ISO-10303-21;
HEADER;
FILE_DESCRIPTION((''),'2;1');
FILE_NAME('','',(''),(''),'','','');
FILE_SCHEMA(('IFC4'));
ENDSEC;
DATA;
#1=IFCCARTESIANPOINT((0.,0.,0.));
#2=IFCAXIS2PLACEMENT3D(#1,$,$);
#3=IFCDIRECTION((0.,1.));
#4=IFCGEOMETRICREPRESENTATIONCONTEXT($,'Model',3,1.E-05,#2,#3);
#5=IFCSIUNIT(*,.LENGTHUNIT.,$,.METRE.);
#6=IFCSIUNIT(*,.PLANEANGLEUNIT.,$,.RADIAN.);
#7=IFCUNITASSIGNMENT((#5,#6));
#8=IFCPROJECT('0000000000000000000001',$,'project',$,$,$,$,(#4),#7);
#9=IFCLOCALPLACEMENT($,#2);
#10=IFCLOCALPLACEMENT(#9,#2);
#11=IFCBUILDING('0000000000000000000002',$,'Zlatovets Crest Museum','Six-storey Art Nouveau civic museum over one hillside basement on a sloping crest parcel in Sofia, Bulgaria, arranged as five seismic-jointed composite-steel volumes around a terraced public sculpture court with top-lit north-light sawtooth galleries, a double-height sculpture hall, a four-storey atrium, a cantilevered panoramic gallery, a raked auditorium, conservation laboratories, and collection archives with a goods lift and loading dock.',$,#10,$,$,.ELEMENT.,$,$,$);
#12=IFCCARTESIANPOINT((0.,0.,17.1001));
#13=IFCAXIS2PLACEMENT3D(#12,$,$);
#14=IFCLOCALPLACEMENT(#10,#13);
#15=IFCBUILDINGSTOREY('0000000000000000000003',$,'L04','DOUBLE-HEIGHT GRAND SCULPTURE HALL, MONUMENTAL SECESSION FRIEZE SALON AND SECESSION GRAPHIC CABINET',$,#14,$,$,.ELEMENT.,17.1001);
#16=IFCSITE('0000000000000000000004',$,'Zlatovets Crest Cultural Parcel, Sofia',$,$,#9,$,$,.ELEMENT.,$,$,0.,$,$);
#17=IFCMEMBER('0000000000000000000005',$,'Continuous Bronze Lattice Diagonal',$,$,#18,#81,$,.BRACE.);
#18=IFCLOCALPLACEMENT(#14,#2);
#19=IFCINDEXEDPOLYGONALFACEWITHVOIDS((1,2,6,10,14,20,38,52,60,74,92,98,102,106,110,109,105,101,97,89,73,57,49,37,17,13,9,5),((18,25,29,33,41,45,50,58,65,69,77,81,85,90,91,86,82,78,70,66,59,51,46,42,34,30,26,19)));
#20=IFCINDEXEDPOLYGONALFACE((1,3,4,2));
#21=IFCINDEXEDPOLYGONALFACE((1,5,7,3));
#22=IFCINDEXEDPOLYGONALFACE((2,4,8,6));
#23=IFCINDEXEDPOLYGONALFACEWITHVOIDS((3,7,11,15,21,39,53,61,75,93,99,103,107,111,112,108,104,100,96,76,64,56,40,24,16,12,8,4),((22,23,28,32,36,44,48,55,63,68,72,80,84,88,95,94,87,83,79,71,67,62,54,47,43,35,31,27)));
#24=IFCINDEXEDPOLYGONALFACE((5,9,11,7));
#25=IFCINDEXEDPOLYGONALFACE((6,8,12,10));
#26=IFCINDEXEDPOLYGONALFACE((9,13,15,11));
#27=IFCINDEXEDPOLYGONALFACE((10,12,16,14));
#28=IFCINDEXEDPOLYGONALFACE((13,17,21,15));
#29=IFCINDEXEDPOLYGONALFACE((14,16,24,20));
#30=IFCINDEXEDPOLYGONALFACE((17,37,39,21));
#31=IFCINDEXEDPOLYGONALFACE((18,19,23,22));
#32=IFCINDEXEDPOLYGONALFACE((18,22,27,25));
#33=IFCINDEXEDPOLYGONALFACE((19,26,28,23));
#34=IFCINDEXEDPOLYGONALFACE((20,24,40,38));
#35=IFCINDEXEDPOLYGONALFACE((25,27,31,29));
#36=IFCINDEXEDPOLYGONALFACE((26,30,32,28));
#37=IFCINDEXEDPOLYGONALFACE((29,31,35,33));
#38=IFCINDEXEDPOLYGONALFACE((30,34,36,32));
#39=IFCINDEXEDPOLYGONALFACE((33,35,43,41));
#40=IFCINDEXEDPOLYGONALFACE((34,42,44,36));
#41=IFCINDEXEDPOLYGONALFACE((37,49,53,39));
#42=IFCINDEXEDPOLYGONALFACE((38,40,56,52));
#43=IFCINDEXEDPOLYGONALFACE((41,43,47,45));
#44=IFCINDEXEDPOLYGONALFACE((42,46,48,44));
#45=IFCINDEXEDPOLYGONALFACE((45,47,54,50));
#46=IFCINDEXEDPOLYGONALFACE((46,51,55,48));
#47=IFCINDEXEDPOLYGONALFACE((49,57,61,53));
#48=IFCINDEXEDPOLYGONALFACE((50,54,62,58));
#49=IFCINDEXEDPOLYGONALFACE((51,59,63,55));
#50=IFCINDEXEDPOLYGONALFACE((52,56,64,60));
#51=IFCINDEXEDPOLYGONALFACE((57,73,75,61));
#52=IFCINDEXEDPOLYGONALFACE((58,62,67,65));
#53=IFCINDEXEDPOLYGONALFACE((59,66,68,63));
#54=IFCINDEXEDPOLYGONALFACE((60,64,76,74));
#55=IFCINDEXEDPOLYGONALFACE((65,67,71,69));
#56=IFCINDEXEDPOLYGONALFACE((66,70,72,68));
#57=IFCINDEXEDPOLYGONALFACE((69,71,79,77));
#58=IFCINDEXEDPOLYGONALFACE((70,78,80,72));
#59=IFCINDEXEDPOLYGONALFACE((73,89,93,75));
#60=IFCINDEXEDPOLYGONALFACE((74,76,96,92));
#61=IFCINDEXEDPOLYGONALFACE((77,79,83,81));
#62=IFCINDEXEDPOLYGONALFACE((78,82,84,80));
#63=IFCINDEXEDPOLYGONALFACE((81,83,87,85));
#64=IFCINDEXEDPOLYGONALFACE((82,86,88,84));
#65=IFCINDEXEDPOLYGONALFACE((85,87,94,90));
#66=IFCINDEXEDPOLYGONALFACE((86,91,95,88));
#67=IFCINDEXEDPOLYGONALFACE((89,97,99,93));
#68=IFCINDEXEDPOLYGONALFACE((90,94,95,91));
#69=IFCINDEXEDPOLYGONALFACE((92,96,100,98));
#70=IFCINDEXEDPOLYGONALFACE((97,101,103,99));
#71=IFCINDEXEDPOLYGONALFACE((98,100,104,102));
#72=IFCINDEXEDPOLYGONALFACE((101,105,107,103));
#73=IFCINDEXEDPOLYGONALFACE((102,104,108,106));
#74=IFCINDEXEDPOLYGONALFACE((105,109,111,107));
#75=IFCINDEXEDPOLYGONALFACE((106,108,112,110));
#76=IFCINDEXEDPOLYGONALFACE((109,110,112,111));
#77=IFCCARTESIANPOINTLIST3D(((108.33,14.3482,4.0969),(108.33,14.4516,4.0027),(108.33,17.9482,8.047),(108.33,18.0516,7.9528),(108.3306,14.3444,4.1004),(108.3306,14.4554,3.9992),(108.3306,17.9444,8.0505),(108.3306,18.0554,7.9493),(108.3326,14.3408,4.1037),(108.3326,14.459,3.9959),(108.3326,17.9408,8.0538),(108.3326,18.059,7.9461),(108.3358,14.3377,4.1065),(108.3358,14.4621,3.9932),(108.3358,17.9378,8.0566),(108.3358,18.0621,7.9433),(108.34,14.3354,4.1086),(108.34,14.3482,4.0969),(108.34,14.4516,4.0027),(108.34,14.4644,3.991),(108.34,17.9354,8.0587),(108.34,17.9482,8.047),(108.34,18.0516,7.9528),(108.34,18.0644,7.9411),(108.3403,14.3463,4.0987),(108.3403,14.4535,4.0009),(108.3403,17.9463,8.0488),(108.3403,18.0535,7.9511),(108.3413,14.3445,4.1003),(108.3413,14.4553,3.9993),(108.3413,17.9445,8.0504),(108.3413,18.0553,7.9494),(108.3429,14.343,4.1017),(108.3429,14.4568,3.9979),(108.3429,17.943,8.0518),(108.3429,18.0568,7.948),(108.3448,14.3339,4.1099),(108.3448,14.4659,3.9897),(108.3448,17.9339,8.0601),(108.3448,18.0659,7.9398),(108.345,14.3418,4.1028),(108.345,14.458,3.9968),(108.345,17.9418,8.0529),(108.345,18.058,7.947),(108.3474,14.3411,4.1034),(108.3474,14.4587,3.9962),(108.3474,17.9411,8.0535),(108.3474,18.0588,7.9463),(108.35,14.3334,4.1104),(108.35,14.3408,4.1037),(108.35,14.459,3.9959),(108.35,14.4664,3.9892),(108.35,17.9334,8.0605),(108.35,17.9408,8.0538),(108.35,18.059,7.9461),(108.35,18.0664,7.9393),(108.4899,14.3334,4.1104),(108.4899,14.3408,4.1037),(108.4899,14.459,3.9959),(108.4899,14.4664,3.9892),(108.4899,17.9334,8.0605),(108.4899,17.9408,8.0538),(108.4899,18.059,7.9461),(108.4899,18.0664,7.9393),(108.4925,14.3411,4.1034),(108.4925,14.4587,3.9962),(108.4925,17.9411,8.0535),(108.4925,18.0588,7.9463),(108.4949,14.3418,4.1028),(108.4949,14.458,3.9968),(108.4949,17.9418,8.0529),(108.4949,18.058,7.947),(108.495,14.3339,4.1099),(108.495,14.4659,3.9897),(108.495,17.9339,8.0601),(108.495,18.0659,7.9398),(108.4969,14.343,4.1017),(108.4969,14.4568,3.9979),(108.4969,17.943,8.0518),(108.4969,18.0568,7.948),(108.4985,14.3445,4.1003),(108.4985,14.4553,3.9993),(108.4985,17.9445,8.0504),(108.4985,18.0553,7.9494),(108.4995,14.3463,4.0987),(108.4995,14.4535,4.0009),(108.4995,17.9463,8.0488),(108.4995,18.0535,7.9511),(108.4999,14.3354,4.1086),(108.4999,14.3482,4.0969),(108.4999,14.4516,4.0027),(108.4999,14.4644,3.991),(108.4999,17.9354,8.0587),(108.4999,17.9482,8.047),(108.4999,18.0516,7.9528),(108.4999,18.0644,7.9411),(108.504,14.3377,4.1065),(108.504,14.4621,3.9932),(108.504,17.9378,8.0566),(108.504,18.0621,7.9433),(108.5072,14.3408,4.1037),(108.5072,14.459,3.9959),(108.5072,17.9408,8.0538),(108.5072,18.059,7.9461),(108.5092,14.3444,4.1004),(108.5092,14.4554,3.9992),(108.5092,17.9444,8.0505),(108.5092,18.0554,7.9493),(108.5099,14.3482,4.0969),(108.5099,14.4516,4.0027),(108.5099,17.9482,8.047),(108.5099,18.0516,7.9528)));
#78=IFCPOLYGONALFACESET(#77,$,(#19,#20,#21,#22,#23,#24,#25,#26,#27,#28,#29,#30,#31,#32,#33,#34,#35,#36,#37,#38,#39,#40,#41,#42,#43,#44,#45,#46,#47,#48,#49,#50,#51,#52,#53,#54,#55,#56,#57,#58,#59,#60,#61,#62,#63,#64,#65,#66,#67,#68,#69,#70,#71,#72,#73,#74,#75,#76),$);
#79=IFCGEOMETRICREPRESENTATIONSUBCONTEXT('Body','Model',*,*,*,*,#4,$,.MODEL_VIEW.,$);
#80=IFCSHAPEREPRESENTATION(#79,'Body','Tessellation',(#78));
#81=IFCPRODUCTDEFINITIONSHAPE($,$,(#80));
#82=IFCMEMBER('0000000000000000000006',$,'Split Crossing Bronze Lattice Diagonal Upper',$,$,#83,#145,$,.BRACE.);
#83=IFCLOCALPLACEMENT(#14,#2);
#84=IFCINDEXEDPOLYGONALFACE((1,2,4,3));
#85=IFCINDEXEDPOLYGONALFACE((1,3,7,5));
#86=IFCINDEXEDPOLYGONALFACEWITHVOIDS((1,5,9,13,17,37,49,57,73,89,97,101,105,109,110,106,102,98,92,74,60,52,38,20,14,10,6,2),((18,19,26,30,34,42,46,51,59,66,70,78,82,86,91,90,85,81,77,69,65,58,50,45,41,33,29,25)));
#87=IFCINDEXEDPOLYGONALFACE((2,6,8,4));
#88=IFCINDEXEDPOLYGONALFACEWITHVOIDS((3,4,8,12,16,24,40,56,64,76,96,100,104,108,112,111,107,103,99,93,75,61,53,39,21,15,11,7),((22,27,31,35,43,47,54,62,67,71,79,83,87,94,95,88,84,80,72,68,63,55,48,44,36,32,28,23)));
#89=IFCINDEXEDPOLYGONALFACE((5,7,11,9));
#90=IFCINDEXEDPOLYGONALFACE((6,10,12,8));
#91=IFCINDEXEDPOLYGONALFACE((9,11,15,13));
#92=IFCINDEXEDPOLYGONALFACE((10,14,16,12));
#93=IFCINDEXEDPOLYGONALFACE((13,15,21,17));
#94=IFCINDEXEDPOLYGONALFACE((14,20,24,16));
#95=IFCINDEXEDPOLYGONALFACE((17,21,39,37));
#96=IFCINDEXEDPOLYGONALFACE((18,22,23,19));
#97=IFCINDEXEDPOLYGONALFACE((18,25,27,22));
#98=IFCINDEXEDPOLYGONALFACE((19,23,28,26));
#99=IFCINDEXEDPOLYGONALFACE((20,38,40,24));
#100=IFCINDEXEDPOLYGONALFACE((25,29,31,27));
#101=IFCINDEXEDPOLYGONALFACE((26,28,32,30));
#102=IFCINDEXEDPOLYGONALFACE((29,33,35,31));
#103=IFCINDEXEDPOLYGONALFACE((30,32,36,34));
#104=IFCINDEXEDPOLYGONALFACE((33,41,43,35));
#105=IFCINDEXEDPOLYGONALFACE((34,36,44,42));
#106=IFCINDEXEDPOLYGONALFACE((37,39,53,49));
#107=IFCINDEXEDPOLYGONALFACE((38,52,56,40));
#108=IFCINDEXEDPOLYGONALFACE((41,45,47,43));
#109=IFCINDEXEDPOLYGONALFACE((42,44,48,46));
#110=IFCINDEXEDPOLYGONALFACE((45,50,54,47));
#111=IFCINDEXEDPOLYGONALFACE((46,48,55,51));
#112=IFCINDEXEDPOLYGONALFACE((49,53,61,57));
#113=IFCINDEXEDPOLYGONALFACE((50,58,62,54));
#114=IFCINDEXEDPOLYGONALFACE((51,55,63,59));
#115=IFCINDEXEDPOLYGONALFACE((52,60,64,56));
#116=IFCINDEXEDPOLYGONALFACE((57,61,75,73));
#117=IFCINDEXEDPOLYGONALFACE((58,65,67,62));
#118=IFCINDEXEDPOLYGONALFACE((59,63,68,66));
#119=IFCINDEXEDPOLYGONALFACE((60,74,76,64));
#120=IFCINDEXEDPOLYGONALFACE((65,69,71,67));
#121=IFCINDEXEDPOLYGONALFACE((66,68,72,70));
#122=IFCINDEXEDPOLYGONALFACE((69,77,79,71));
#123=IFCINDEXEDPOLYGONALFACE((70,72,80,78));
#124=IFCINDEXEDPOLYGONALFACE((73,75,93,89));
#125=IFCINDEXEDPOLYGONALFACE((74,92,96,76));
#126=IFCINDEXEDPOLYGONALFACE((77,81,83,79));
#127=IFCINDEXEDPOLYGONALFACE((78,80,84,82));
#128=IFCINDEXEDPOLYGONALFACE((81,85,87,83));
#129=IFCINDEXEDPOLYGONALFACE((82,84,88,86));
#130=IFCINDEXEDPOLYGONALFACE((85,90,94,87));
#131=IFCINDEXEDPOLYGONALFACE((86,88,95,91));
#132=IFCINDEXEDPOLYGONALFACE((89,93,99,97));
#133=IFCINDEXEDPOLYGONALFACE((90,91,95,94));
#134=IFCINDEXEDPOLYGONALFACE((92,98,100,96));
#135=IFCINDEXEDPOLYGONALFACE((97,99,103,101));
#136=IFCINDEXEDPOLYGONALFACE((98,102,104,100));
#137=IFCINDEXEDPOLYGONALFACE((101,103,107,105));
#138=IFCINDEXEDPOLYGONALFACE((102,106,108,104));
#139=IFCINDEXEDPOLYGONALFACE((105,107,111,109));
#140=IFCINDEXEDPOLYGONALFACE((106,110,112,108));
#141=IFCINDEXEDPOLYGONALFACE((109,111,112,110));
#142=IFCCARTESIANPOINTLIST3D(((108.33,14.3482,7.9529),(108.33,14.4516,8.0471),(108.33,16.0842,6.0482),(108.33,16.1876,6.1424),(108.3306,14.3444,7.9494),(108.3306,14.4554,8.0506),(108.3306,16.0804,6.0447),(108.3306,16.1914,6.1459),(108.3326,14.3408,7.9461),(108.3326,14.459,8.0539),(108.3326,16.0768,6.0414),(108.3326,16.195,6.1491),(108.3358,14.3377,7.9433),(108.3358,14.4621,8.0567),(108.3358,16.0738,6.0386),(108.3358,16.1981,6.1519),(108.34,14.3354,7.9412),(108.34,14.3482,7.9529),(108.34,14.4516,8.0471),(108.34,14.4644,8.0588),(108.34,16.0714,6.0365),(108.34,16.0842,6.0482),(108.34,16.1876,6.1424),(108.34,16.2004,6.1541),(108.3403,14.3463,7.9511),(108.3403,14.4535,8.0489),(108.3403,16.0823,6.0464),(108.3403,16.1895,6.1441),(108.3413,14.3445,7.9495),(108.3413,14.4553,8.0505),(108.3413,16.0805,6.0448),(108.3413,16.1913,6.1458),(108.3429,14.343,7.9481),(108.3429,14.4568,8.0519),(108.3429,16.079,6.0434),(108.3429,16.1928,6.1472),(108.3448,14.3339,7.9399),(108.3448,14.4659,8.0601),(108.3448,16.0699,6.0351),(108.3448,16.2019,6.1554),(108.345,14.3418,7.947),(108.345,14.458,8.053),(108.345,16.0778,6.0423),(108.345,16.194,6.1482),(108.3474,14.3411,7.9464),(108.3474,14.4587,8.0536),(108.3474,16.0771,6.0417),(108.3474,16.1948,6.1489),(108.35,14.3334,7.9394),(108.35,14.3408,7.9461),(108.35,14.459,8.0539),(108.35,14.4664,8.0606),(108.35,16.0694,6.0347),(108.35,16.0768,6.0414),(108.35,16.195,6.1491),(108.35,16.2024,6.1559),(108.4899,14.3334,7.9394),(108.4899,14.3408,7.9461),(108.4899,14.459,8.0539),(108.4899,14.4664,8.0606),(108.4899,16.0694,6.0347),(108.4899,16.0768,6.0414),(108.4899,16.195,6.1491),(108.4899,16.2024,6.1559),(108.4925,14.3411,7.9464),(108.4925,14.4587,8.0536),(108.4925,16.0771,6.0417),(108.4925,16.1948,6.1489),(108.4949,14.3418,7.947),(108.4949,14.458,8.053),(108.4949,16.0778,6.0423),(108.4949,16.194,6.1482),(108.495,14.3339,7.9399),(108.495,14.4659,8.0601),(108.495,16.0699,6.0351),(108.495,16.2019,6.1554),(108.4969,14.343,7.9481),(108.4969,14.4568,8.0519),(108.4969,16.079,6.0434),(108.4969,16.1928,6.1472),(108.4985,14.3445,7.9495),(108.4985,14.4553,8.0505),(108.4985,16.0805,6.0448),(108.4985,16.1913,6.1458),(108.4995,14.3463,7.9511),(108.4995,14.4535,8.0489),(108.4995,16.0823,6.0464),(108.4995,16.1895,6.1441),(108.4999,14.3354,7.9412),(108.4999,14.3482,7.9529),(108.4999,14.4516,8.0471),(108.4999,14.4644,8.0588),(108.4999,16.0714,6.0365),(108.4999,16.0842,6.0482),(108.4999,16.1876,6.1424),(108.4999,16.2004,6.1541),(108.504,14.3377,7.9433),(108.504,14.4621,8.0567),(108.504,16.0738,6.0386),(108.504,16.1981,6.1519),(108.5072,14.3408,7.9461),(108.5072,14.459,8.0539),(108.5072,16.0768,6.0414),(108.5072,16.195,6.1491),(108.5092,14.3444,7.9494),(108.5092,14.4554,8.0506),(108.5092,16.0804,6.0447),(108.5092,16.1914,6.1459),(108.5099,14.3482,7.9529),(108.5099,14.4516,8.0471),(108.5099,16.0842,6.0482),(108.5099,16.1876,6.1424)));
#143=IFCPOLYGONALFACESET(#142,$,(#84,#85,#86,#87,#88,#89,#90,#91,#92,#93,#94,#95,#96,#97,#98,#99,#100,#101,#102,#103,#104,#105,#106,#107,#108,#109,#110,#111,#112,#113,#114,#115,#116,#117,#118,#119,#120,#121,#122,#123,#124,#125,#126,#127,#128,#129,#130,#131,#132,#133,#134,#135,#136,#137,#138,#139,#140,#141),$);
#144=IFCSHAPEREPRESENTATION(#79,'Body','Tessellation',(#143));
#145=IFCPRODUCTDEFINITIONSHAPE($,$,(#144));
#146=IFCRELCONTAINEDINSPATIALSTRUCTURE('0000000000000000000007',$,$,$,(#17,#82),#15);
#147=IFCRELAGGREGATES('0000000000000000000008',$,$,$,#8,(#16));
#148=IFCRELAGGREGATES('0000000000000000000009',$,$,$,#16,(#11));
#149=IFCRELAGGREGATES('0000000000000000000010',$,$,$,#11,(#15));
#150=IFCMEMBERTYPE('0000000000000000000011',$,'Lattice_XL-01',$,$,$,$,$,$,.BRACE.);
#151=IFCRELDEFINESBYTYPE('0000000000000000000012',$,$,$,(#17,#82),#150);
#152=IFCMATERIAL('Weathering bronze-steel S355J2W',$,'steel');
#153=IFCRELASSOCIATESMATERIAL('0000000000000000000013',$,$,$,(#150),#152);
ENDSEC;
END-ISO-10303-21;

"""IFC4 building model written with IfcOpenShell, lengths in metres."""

from ifc_helpers import new_model, si_unit, direction, frame, origin, origin_2d, place, context, subcontext, project, spatial, hollow_rectangle, extrude, material, material_profile, profile_set, type_object, element, save


model = new_model("IFC4")

# Units and contexts
model_context = context("Model", 3, precision=1e-05, world=origin(), true_north=direction((0.0, 1.0)))
body_context = subcontext(model_context, "Body", "Model", "MODEL_VIEW")
ifc_project = project(units=[si_unit("LENGTHUNIT", "METRE"), si_unit("PLANEANGLEUNIT", "RADIAN")], contexts=[model_context])

# Site, building, storey
site_placement = place(None, origin())
site = spatial("IfcSite", under=ifc_project, at=site_placement, Name="Zlatovets Crest Cultural Parcel, Sofia", CompositionType="ELEMENT", RefElevation=0.0)
building_placement = place(site_placement, origin())
building = spatial("IfcBuilding", under=site, at=building_placement, Name="Zlatovets Crest Museum", Description="Six-storey Art Nouveau civic museum over one hillside basement on a sloping crest parcel in Sofia, Bulgaria, arranged as five seismic-jointed composite-steel volumes around a terraced public sculpture court with top-lit north-light sawtooth galleries, a double-height sculpture hall, a four-storey atrium, a cantilevered panoramic gallery, a raked auditorium, conservation laboratories, and collection archives with a goods lift and loading dock.", CompositionType="ELEMENT")
storey_placement = place(building_placement, frame((0.0, 0.0, 17.1001)))
storey = spatial("IfcBuildingStorey", under=building, at=storey_placement, Name="L04", Description="DOUBLE-HEIGHT GRAND SCULPTURE HALL, MONUMENTAL SECESSION FRIEZE SALON AND SECESSION GRAPHIC CABINET", CompositionType="ELEMENT", Elevation=17.1001)

# Members
ifc_material_1 = material(Name="Weathering bronze-steel S355J2W", Category="steel")
ifc_material_profile_1 = material_profile(ifc_material_1, hollow_rectangle(XDim=0.1799, YDim=0.1799, WallThickness=0.01, InnerFilletRadius=0.01, OuterFilletRadius=0.02, at=origin_2d()), Name="SHS 180x180x10.0")
ifc_profile_set_1 = profile_set([ifc_material_profile_1], Name="Weathering bronze-steel S355J2W")
member_type_1 = type_object("IfcMemberType", Name="Lattice_XL-01", PredefinedType="BRACE", material=ifc_profile_set_1)
member_1_placement = place(storey_placement, frame((108.4199, 14.3999, 4.0498), z_axis=(0.0, 0.673595, 0.7391), x_axis=(-1.0, 0.0, 0.0)))
element("IfcMember", 1, at=member_1_placement, inside=storey, type_object=member_type_1, Name="Continuous Bronze Lattice Diagonal", PredefinedType="BRACE", context=body_context, shape_type="SweptSolid", body=[
    extrude(hollow_rectangle(XDim=0.1799, YDim=0.1799, WallThickness=0.01, InnerFilletRadius=0.01, OuterFilletRadius=0.02, at=origin_2d()), origin(), (0.0, 0.0, 1.0), 5.3445),
])
for number, where, z_axis, x_axis, name in (
    (2, (108.4199, 14.3999, 8.0), (0.0, 0.67362, -0.739078), (-1.0, 0.0, 0.0), "Split Crossing Bronze Lattice Diagonal Upper"),
):
    element("IfcMember", number, at=place(storey_placement, frame(where, z_axis=z_axis, x_axis=x_axis)), inside=storey, type_object=member_type_1, Name=name, PredefinedType="BRACE", context=body_context, shape_type="SweptSolid", body=[
        extrude(hollow_rectangle(XDim=0.1799, YDim=0.1799, WallThickness=0.01, InnerFilletRadius=0.01, OuterFilletRadius=0.02, at=origin_2d()), origin(), (0.0, 0.0, 1.0), 2.5771),
    ])

save(model, "model.ifc")
